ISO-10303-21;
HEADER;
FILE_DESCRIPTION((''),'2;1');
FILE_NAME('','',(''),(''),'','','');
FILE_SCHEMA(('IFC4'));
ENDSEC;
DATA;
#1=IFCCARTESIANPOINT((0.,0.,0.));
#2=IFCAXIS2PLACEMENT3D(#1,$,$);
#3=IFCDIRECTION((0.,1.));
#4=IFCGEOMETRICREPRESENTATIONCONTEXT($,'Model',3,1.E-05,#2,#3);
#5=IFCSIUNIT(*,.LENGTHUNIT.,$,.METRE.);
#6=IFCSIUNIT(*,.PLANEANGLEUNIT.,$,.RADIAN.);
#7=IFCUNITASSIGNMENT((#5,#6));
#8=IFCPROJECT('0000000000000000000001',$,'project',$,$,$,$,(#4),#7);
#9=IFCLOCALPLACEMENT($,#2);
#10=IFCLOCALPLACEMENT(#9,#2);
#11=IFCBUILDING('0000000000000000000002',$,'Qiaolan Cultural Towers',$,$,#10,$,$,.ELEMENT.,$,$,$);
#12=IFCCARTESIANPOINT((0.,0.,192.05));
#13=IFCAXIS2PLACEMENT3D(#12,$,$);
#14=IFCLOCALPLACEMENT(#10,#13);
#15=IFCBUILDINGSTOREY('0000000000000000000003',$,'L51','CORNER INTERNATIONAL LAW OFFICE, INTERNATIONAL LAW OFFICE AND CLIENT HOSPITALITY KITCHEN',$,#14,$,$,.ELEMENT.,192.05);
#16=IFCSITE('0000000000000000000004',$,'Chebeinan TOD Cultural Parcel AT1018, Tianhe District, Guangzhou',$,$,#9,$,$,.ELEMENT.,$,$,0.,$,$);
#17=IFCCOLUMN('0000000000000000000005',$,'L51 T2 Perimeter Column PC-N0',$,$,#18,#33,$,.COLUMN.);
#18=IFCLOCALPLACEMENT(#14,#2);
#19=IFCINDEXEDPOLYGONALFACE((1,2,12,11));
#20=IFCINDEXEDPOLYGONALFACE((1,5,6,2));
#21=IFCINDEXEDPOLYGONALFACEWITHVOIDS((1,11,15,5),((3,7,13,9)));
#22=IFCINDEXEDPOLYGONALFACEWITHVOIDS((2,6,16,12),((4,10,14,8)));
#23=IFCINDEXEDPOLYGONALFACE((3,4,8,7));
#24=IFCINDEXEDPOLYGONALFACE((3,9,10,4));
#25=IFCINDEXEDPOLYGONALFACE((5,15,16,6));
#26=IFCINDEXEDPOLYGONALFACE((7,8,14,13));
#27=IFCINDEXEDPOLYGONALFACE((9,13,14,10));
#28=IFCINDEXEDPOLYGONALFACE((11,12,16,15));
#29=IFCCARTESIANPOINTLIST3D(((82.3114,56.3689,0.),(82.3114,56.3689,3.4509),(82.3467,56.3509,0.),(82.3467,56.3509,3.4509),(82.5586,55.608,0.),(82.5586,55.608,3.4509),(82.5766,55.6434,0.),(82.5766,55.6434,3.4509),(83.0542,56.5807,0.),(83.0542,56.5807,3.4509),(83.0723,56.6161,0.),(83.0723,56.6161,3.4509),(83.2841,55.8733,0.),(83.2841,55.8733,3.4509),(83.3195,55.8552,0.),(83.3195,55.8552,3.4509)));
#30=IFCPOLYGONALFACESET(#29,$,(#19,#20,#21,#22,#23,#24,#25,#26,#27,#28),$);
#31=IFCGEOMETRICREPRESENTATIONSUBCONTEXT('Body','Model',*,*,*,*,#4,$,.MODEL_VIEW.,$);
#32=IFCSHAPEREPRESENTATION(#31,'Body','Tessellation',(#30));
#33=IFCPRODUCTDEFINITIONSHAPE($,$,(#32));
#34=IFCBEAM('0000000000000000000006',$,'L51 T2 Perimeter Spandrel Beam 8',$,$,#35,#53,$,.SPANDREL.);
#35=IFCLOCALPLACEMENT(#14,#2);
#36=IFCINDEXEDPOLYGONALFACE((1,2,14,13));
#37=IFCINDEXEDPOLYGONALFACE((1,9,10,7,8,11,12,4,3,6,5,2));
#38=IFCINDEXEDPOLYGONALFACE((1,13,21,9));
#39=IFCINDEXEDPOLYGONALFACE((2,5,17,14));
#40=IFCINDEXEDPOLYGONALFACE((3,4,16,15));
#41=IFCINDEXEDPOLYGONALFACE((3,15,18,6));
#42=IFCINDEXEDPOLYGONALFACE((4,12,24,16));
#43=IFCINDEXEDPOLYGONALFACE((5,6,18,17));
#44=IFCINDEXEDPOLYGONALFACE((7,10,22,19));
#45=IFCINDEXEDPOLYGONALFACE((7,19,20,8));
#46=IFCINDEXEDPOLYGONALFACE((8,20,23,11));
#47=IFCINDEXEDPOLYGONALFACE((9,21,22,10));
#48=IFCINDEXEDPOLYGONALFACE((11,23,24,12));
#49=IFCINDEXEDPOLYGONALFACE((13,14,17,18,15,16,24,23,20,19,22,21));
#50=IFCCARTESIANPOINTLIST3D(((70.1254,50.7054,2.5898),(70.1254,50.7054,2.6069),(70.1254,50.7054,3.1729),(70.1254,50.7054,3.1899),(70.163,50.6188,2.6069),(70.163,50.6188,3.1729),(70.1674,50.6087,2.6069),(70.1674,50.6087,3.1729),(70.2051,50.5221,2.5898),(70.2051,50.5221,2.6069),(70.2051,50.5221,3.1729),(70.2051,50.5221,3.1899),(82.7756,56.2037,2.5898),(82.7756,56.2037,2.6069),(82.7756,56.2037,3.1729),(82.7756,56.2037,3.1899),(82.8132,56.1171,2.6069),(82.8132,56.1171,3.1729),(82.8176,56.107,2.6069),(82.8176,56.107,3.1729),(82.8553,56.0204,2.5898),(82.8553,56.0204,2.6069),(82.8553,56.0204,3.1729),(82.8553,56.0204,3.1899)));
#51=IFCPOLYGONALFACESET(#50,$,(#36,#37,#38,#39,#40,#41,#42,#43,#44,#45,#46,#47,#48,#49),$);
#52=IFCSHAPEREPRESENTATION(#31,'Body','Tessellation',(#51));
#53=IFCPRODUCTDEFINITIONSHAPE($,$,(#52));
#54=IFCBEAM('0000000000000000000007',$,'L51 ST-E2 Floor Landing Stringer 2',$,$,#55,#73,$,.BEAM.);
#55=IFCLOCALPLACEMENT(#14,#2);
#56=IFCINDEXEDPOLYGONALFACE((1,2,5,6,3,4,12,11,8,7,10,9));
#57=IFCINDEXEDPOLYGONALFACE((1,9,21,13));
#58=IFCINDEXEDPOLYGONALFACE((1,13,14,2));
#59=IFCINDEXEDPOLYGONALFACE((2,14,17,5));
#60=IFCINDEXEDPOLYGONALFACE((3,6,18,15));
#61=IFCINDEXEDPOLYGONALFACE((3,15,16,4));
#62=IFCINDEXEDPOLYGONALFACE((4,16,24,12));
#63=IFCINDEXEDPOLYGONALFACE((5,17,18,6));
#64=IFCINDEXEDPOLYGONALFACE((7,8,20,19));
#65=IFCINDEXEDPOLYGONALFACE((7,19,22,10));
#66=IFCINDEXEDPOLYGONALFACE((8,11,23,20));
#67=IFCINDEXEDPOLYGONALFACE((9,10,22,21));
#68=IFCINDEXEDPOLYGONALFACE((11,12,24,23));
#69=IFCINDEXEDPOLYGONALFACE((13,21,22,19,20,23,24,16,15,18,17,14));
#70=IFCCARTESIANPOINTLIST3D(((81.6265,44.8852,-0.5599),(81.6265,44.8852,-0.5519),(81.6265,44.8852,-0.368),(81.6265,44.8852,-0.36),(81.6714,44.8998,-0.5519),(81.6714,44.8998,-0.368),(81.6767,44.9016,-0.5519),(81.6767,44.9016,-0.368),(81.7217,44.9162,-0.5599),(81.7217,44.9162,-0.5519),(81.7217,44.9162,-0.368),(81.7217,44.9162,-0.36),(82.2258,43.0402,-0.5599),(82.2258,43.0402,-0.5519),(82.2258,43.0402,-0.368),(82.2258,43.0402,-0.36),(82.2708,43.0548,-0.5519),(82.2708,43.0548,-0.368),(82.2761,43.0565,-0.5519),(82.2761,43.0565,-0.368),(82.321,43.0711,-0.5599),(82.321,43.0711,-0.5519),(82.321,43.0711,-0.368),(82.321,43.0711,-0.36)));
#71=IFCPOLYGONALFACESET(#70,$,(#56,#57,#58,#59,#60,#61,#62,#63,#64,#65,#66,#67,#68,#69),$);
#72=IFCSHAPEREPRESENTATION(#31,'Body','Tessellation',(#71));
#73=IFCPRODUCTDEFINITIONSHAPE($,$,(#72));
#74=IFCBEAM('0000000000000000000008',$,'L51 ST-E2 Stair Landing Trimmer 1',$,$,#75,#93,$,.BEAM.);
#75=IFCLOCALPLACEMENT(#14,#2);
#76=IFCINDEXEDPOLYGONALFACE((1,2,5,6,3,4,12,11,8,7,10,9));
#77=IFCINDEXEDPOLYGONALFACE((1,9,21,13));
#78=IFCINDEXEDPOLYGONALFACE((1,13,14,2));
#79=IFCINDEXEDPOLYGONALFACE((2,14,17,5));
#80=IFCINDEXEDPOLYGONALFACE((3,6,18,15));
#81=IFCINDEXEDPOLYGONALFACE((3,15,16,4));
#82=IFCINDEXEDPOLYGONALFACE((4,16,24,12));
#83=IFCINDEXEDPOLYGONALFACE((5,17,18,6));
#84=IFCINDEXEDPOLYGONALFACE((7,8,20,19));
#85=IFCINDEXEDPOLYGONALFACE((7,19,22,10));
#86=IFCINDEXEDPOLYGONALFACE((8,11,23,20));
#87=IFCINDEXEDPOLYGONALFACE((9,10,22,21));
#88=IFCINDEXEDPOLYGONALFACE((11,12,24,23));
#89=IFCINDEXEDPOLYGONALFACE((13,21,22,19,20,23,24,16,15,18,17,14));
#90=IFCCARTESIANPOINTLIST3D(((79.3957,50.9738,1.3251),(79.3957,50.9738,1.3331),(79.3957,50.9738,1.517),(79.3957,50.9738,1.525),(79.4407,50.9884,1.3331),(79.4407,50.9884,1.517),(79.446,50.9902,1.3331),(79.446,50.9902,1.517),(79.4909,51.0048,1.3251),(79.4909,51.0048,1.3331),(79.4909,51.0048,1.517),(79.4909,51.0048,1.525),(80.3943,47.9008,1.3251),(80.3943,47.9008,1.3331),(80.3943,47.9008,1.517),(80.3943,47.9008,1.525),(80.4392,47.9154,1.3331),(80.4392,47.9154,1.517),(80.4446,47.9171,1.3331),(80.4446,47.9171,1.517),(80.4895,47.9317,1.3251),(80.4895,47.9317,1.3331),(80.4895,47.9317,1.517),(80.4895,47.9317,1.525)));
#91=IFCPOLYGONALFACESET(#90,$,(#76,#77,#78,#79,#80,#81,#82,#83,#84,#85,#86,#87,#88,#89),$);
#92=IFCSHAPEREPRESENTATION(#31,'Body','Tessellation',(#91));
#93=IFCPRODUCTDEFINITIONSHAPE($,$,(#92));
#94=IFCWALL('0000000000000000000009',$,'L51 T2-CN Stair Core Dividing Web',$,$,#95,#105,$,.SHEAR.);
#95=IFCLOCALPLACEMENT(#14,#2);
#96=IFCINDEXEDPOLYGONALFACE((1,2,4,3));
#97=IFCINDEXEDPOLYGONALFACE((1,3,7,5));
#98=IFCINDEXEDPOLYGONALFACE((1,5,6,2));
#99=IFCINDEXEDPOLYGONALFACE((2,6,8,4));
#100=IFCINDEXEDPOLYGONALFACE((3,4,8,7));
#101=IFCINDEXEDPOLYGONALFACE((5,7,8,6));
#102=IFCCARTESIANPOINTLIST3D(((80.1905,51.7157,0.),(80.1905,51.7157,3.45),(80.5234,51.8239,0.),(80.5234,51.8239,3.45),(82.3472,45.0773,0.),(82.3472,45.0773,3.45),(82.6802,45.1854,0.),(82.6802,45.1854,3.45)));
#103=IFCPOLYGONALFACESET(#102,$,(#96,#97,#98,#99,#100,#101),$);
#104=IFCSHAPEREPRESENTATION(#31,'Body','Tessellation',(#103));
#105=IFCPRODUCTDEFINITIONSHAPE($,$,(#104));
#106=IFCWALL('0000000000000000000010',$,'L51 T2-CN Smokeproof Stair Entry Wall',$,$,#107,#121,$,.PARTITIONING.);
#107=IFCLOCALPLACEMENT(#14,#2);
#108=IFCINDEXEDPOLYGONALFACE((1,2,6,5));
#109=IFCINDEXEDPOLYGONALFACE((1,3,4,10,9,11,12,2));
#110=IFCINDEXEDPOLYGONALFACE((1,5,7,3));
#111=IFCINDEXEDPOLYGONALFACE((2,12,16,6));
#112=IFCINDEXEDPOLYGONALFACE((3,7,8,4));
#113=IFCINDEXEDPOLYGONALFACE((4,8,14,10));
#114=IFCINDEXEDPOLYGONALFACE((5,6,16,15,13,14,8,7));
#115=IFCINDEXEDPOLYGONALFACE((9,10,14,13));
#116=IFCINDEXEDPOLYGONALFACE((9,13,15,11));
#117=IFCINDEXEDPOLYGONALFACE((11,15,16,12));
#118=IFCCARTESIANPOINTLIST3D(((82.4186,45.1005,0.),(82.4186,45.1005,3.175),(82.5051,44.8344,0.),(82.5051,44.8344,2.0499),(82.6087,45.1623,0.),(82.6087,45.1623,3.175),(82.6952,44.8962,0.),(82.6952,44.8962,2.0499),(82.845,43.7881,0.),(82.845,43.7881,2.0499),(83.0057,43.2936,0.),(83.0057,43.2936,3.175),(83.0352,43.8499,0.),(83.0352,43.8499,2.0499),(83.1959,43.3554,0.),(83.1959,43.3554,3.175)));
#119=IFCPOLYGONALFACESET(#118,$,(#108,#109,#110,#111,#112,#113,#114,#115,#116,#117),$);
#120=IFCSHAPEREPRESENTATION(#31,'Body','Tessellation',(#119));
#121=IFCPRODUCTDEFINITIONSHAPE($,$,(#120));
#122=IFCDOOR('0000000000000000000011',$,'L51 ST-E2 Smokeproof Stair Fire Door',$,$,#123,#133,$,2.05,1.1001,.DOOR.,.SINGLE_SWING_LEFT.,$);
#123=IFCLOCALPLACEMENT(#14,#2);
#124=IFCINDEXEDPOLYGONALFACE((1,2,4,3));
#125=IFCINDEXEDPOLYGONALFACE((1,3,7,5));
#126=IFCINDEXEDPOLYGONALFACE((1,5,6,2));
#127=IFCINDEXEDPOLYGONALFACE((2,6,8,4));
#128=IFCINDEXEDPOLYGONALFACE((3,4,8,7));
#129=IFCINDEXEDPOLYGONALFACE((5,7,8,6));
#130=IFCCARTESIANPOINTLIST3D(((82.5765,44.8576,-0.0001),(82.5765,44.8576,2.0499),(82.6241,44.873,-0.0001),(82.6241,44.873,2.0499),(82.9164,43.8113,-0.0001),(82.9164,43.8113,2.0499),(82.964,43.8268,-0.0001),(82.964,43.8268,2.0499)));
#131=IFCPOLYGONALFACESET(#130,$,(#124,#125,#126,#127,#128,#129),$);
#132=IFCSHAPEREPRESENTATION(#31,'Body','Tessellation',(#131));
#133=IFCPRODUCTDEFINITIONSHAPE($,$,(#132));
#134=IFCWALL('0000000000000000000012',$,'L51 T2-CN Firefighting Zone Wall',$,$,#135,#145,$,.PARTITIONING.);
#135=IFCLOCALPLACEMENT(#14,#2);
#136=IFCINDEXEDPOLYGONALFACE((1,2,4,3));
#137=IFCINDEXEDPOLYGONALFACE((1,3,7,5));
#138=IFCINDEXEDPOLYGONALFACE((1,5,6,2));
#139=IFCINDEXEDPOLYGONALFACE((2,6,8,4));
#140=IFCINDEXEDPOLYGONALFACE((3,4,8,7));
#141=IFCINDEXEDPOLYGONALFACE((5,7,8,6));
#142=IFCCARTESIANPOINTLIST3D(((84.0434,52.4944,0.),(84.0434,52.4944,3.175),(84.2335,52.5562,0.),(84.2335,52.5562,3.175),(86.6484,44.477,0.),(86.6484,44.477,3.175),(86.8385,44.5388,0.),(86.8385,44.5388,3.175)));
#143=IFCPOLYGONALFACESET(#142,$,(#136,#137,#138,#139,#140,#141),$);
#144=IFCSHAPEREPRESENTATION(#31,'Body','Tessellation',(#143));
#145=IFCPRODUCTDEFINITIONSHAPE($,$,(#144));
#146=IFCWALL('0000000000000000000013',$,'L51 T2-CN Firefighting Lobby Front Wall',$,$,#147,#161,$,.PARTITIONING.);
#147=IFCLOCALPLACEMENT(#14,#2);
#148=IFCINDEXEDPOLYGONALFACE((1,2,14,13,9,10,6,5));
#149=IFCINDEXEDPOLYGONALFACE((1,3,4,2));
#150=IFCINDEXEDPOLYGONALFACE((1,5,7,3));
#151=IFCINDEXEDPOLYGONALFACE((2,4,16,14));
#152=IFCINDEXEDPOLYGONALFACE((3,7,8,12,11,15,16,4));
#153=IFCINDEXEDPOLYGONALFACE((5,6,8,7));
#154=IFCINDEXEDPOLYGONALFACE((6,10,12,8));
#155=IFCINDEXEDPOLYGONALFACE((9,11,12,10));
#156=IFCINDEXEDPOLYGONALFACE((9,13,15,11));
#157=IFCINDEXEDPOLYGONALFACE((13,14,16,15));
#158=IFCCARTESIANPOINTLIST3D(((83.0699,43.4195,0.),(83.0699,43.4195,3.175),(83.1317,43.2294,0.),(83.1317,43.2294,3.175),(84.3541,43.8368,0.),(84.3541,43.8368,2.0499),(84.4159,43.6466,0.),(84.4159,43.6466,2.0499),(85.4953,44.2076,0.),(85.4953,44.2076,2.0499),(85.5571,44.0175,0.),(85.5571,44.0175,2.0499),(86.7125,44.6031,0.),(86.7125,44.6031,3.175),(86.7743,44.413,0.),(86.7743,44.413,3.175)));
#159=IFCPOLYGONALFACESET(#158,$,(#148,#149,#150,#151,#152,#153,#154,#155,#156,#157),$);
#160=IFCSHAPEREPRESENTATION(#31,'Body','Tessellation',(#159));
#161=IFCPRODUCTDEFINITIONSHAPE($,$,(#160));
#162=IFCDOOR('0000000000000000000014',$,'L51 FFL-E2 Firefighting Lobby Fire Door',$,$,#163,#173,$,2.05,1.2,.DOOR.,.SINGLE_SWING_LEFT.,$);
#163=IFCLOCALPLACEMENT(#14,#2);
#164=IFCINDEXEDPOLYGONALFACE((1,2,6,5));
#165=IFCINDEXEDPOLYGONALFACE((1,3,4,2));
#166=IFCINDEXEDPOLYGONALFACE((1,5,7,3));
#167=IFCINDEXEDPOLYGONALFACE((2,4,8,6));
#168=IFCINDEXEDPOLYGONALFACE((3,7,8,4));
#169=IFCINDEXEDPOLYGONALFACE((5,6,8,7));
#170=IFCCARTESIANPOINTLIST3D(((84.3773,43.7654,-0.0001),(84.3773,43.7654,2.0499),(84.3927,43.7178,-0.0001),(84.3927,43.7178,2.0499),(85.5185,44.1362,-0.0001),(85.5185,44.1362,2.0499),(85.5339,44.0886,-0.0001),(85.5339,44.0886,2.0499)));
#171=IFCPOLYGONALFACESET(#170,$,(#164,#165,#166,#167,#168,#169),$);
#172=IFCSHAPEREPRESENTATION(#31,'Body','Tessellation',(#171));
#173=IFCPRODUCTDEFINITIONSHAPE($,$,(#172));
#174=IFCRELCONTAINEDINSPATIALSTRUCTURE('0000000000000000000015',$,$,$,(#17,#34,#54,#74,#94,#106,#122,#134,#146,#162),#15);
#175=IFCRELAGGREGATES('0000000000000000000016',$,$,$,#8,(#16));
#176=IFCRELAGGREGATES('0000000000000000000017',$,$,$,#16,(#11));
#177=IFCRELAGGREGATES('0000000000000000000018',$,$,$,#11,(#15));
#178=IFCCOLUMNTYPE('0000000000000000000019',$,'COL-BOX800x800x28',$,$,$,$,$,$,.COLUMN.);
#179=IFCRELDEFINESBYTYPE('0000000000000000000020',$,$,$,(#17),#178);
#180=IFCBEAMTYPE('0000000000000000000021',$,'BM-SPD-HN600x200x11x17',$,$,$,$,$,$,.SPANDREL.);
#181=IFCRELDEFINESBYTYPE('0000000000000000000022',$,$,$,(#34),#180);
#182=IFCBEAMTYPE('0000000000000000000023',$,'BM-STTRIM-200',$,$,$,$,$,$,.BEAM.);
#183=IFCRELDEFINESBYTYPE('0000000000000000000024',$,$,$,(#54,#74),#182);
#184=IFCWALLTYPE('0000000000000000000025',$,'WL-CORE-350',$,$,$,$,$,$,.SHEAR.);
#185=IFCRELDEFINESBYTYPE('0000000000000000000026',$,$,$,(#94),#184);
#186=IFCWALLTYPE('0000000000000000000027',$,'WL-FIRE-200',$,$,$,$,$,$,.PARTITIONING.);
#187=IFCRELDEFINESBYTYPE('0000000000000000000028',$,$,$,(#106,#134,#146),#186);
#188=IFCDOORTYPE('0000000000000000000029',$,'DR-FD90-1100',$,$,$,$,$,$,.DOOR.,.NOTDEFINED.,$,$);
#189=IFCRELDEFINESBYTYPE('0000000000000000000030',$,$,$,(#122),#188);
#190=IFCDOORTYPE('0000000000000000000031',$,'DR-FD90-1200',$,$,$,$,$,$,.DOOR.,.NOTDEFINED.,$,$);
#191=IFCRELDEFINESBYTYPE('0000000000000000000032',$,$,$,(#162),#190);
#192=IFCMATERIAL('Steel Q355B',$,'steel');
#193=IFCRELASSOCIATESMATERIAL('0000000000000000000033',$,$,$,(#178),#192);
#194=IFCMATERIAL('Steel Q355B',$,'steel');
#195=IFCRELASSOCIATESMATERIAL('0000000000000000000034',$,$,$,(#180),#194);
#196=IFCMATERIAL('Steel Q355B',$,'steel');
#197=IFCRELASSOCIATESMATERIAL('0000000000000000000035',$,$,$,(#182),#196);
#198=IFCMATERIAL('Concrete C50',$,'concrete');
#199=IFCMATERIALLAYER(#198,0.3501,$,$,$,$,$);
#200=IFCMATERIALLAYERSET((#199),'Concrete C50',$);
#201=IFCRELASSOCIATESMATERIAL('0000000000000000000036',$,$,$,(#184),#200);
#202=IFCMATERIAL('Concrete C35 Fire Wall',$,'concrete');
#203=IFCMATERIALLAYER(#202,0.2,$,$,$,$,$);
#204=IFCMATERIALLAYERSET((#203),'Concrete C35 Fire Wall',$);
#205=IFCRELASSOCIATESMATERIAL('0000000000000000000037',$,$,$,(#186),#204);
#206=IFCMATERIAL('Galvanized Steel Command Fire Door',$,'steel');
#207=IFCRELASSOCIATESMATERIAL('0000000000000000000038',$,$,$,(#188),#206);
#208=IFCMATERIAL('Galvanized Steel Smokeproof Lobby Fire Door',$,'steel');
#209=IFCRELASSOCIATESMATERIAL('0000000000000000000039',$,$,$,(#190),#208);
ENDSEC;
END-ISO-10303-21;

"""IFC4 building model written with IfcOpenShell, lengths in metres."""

from ifc_helpers import new_model, si_unit, direction, frame, frame_2d, origin, origin_2d, place, context, subcontext, project, spatial, rectangle, hollow_rectangle, i_section, extrude, material, layer, layer_set, material_profile, profile_set, type_object, element, fill, save


model = new_model("IFC4")

# Units and contexts
model_context = context("Model", 3, precision=1e-05, world=origin(), true_north=direction((0.0, 1.0)))
body_context = subcontext(model_context, "Body", "Model", "MODEL_VIEW")
ifc_project = project(units=[si_unit("LENGTHUNIT", "METRE"), si_unit("PLANEANGLEUNIT", "RADIAN")], contexts=[model_context])

# Site, building, storey
site_placement = place(None, origin())
site = spatial("IfcSite", under=ifc_project, at=site_placement, Name="Chebeinan TOD Cultural Parcel AT1018, Tianhe District, Guangzhou", CompositionType="ELEMENT", RefElevation=0.0)
building_placement = place(site_placement, origin())
building = spatial("IfcBuilding", under=site, at=building_placement, Name="Qiaolan Cultural Towers", CompositionType="ELEMENT")
storey_placement = place(building_placement, frame((0.0, 0.0, 192.05)))
storey = spatial("IfcBuildingStorey", under=building, at=storey_placement, Name="L51", Description="CORNER INTERNATIONAL LAW OFFICE, INTERNATIONAL LAW OFFICE AND CLIENT HOSPITALITY KITCHEN", CompositionType="ELEMENT", Elevation=192.05)

# Column
ifc_material_1 = material(Name="Steel Q355B", Category="steel")
ifc_material_profile_1 = material_profile(ifc_material_1, hollow_rectangle(XDim=0.8, YDim=0.8, WallThickness=0.0281, at=origin_2d()), Name="BOX800x800x28")
ifc_profile_set_1 = profile_set([ifc_material_profile_1], Name="Steel Q355B")
column_type = type_object("IfcColumnType", Name="COL-BOX800x800x28", PredefinedType="COLUMN", material=ifc_profile_set_1)
column_placement = place(storey_placement, frame((82.8154, 56.1121, 0.0), z_axis=(0.0, 0.0, 1.0), x_axis=(0.951057, 0.309017, 0.0)))
element("IfcColumn", 1, at=column_placement, inside=storey, type_object=column_type, Name="L51 T2 Perimeter Column PC-N0", PredefinedType="COLUMN", context=body_context, shape_type="SweptSolid", body=[
    extrude(hollow_rectangle(XDim=0.8, YDim=0.8, WallThickness=0.0281, at=origin_2d()), origin(), (0.0, 0.0, 1.0), 3.4509),
])

# Beams
ifc_material_2 = material(Name="Steel Q355B", Category="steel")
ifc_material_profile_2 = material_profile(ifc_material_2, i_section(OverallWidth=0.2, OverallDepth=0.6001, WebThickness=0.011, FlangeThickness=0.0171, at=origin_2d()), Name="HN600x200x11x17")
ifc_profile_set_2 = profile_set([ifc_material_profile_2], Name="Steel Q355B")
beam_type_1 = type_object("IfcBeamType", Name="BM-SPD-HN600x200x11x17", PredefinedType="SPANDREL", material=ifc_profile_set_2)
beam_1_placement = place(storey_placement, frame((82.8154, 56.1121, 2.8899), z_axis=(-0.917117, -0.398618, 0.0), x_axis=(0.398618, -0.917117, 0.0)))
element("IfcBeam", 2, at=beam_1_placement, inside=storey, type_object=beam_type_1, Name="L51 T2 Perimeter Spandrel Beam 8", PredefinedType="SPANDREL", context=body_context, shape_type="SweptSolid", body=[
    extrude(i_section(OverallWidth=0.2, OverallDepth=0.6001, WebThickness=0.011, FlangeThickness=0.0171, at=origin_2d()), origin(), (0.0, 0.0, 1.0), 13.7935),
])
ifc_material_3 = material(Name="Steel Q355B", Category="steel")
ifc_material_profile_3 = material_profile(ifc_material_3, i_section(OverallWidth=0.1001, OverallDepth=0.2, WebThickness=0.0056, FlangeThickness=0.0081, at=origin_2d()), Name="HN200x100x5.5x8")
ifc_profile_set_3 = profile_set([ifc_material_profile_3], Name="Steel Q355B")
beam_type_2 = type_object("IfcBeamType", Name="BM-STTRIM-200", PredefinedType="BEAM", material=ifc_profile_set_3)
beam_2_placement = place(storey_placement, frame((82.2734, 43.0557, -0.46), z_axis=(-0.308969, 0.951072, 0.0), x_axis=(-0.951072, -0.308969, 0.0)))
element("IfcBeam", 3, at=beam_2_placement, inside=storey, type_object=beam_type_2, Name="L51 ST-E2 Floor Landing Stringer 2", PredefinedType="BEAM", context=body_context, shape_type="SweptSolid", body=[
    extrude(i_section(OverallWidth=0.1001, OverallDepth=0.2, WebThickness=0.0056, FlangeThickness=0.0081, at=origin_2d()), origin(), (0.0, 0.0, 1.0), 1.9399),
])
beam_3_placement = place(storey_placement, frame((80.4419, 47.9163, 1.425), z_axis=(-0.309033, 0.951051, 0.0), x_axis=(-0.951051, -0.309033, 0.0)))
element("IfcBeam", 4, at=beam_3_placement, inside=storey, type_object=beam_type_2, Name="L51 ST-E2 Stair Landing Trimmer 1", PredefinedType="BEAM", context=body_context, shape_type="SweptSolid", body=[
    extrude(i_section(OverallWidth=0.1001, OverallDepth=0.2, WebThickness=0.0056, FlangeThickness=0.0081, at=origin_2d()), origin(), (0.0, 0.0, 1.0), 3.2312),
])

# Wall
ifc_material_4 = material(Name="Concrete C50", Category="concrete")
ifc_layer_1 = layer(ifc_material_4, 0.3501)
ifc_layer_set_1 = layer_set([ifc_layer_1], Name="Concrete C50")
wall_type_1 = type_object("IfcWallType", Name="WL-CORE-350", PredefinedType="SHEAR", material=ifc_layer_set_1)
wall_1_placement = place(storey_placement, frame((82.5137, 45.1313, 0.0), z_axis=(0.0, 0.0, 1.0), x_axis=(-0.308989, 0.951066, 0.0)))
element("IfcWall", 5, at=wall_1_placement, inside=storey, type_object=wall_type_1, Name="L51 T2-CN Stair Core Dividing Web", PredefinedType="SHEAR", context=body_context, shape_type="SweptSolid", body=[
    extrude(rectangle(XDim=6.98, YDim=0.3501, at=frame_2d((3.49, 0.0))), origin(), (0.0, 0.0, 1.0), 3.45),
])

# Wall, opening, door
ifc_material_5 = material(Name="Concrete C35 Fire Wall", Category="concrete")
ifc_layer_2 = layer(ifc_material_5, 0.2)
ifc_layer_set_2 = layer_set([ifc_layer_2], Name="Concrete C35 Fire Wall")
wall_type_2 = type_object("IfcWallType", Name="WL-FIRE-200", PredefinedType="PARTITIONING", material=ifc_layer_set_2)
wall_2_placement = place(storey_placement, frame((83.1008, 43.3245, 0.0), z_axis=(0.0, 0.0, 1.0), x_axis=(-0.309048, 0.951046, 0.0)))
wall_2 = element("IfcWall", 6, at=wall_2_placement, inside=storey, type_object=wall_type_2, Name="L51 T2-CN Smokeproof Stair Entry Wall", PredefinedType="PARTITIONING", context=body_context, shape_type="SweptSolid", body=[
    extrude(rectangle(XDim=1.8999, YDim=0.2, at=frame_2d((0.95, 0.0))), origin(), (0.0, 0.0, 1.0), 3.175),
])
opening_1_placement = place(wall_2_placement, frame((0.52, 0.0, 0.0)))
opening_1 = element("IfcOpeningElement", 7, at=opening_1_placement, cuts=wall_2, PredefinedType="OPENING", context=body_context, shape_type="SweptSolid", body=[
    extrude(rectangle(XDim=1.1001, YDim=2.05, at=frame_2d((0.55, 1.0249))), frame((0.0, 0.1099, 0.0), z_axis=(0.0, -1.0, 0.0), x_axis=(1.0, 0.0, 0.0)), (0.0, 0.0, 1.0), 0.22),
])
ifc_material_6 = material(Name="Galvanized Steel Command Fire Door", Category="steel")
door_type_1 = type_object("IfcDoorType", Name="DR-FD90-1100", OperationType="NOTDEFINED", PredefinedType="DOOR", material=ifc_material_6)
door_1_placement = place(opening_1_placement, origin())
door_1 = element("IfcDoor", 8, at=door_1_placement, inside=storey, type_object=door_type_1, Name="L51 ST-E2 Smokeproof Stair Fire Door", OperationType="SINGLE_SWING_LEFT", OverallHeight=2.05, OverallWidth=1.1001, PredefinedType="DOOR", context=body_context, shape_type="SweptSolid", body=[
    extrude(rectangle(XDim=1.1001, YDim=2.05, at=frame_2d((0.55, 1.0249))), frame((0.0, 0.0249, 0.0), z_axis=(0.0, -1.0, 0.0), x_axis=(1.0, 0.0, 0.0)), (0.0, 0.0, 1.0), 0.05),
])
fill(opening_1, door_1)

# Wall
wall_3_placement = place(storey_placement, frame((86.7434, 44.5081, 0.0), z_axis=(0.0, 0.0, 1.0), x_axis=(-0.309016, 0.951057, 0.0)))
element("IfcWall", 9, at=wall_3_placement, inside=storey, type_object=wall_type_2, Name="L51 T2-CN Firefighting Zone Wall", PredefinedType="PARTITIONING", context=body_context, shape_type="SweptSolid", body=[
    extrude(rectangle(XDim=8.4299, YDim=0.2, at=frame_2d((4.2148, 0.0))), origin(), (0.0, 0.0, 1.0), 3.175),
])

# Wall, opening, door
wall_4_placement = place(storey_placement, frame((83.1008, 43.3245, 0.0), z_axis=(0.0, 0.0, 1.0), x_axis=(0.951053, 0.309028, 0.0)))
wall_4 = element("IfcWall", 10, at=wall_4_placement, inside=storey, type_object=wall_type_2, Name="L51 T2-CN Firefighting Lobby Front Wall", PredefinedType="PARTITIONING", context=body_context, shape_type="SweptSolid", body=[
    extrude(rectangle(XDim=3.8301, YDim=0.2, at=frame_2d((1.915, 0.0))), origin(), (0.0, 0.0, 1.0), 3.175),
])
opening_2_placement = place(wall_4_placement, frame((1.3501, 0.0, 0.0)))
opening_2 = element("IfcOpeningElement", 11, at=opening_2_placement, cuts=wall_4, PredefinedType="OPENING", context=body_context, shape_type="SweptSolid", body=[
    extrude(rectangle(XDim=1.2, YDim=2.05, at=frame_2d((0.6001, 1.0249))), frame((0.0, 0.1099, 0.0), z_axis=(0.0, -1.0, 0.0), x_axis=(1.0, 0.0, 0.0)), (0.0, 0.0, 1.0), 0.22),
])
ifc_material_7 = material(Name="Galvanized Steel Smokeproof Lobby Fire Door", Category="steel")
door_type_2 = type_object("IfcDoorType", Name="DR-FD90-1200", OperationType="NOTDEFINED", PredefinedType="DOOR", material=ifc_material_7)
door_2_placement = place(opening_2_placement, origin())
door_2 = element("IfcDoor", 12, at=door_2_placement, inside=storey, type_object=door_type_2, Name="L51 FFL-E2 Firefighting Lobby Fire Door", OperationType="SINGLE_SWING_LEFT", OverallHeight=2.05, OverallWidth=1.2, PredefinedType="DOOR", context=body_context, shape_type="SweptSolid", body=[
    extrude(rectangle(XDim=1.2, YDim=2.05, at=frame_2d((0.6001, 1.0249))), frame((0.0, 0.0249, 0.0), z_axis=(0.0, -1.0, 0.0), x_axis=(1.0, 0.0, 0.0)), (0.0, 0.0, 1.0), 0.05),
])
fill(opening_2, door_2)

save(model, "model.ifc")
